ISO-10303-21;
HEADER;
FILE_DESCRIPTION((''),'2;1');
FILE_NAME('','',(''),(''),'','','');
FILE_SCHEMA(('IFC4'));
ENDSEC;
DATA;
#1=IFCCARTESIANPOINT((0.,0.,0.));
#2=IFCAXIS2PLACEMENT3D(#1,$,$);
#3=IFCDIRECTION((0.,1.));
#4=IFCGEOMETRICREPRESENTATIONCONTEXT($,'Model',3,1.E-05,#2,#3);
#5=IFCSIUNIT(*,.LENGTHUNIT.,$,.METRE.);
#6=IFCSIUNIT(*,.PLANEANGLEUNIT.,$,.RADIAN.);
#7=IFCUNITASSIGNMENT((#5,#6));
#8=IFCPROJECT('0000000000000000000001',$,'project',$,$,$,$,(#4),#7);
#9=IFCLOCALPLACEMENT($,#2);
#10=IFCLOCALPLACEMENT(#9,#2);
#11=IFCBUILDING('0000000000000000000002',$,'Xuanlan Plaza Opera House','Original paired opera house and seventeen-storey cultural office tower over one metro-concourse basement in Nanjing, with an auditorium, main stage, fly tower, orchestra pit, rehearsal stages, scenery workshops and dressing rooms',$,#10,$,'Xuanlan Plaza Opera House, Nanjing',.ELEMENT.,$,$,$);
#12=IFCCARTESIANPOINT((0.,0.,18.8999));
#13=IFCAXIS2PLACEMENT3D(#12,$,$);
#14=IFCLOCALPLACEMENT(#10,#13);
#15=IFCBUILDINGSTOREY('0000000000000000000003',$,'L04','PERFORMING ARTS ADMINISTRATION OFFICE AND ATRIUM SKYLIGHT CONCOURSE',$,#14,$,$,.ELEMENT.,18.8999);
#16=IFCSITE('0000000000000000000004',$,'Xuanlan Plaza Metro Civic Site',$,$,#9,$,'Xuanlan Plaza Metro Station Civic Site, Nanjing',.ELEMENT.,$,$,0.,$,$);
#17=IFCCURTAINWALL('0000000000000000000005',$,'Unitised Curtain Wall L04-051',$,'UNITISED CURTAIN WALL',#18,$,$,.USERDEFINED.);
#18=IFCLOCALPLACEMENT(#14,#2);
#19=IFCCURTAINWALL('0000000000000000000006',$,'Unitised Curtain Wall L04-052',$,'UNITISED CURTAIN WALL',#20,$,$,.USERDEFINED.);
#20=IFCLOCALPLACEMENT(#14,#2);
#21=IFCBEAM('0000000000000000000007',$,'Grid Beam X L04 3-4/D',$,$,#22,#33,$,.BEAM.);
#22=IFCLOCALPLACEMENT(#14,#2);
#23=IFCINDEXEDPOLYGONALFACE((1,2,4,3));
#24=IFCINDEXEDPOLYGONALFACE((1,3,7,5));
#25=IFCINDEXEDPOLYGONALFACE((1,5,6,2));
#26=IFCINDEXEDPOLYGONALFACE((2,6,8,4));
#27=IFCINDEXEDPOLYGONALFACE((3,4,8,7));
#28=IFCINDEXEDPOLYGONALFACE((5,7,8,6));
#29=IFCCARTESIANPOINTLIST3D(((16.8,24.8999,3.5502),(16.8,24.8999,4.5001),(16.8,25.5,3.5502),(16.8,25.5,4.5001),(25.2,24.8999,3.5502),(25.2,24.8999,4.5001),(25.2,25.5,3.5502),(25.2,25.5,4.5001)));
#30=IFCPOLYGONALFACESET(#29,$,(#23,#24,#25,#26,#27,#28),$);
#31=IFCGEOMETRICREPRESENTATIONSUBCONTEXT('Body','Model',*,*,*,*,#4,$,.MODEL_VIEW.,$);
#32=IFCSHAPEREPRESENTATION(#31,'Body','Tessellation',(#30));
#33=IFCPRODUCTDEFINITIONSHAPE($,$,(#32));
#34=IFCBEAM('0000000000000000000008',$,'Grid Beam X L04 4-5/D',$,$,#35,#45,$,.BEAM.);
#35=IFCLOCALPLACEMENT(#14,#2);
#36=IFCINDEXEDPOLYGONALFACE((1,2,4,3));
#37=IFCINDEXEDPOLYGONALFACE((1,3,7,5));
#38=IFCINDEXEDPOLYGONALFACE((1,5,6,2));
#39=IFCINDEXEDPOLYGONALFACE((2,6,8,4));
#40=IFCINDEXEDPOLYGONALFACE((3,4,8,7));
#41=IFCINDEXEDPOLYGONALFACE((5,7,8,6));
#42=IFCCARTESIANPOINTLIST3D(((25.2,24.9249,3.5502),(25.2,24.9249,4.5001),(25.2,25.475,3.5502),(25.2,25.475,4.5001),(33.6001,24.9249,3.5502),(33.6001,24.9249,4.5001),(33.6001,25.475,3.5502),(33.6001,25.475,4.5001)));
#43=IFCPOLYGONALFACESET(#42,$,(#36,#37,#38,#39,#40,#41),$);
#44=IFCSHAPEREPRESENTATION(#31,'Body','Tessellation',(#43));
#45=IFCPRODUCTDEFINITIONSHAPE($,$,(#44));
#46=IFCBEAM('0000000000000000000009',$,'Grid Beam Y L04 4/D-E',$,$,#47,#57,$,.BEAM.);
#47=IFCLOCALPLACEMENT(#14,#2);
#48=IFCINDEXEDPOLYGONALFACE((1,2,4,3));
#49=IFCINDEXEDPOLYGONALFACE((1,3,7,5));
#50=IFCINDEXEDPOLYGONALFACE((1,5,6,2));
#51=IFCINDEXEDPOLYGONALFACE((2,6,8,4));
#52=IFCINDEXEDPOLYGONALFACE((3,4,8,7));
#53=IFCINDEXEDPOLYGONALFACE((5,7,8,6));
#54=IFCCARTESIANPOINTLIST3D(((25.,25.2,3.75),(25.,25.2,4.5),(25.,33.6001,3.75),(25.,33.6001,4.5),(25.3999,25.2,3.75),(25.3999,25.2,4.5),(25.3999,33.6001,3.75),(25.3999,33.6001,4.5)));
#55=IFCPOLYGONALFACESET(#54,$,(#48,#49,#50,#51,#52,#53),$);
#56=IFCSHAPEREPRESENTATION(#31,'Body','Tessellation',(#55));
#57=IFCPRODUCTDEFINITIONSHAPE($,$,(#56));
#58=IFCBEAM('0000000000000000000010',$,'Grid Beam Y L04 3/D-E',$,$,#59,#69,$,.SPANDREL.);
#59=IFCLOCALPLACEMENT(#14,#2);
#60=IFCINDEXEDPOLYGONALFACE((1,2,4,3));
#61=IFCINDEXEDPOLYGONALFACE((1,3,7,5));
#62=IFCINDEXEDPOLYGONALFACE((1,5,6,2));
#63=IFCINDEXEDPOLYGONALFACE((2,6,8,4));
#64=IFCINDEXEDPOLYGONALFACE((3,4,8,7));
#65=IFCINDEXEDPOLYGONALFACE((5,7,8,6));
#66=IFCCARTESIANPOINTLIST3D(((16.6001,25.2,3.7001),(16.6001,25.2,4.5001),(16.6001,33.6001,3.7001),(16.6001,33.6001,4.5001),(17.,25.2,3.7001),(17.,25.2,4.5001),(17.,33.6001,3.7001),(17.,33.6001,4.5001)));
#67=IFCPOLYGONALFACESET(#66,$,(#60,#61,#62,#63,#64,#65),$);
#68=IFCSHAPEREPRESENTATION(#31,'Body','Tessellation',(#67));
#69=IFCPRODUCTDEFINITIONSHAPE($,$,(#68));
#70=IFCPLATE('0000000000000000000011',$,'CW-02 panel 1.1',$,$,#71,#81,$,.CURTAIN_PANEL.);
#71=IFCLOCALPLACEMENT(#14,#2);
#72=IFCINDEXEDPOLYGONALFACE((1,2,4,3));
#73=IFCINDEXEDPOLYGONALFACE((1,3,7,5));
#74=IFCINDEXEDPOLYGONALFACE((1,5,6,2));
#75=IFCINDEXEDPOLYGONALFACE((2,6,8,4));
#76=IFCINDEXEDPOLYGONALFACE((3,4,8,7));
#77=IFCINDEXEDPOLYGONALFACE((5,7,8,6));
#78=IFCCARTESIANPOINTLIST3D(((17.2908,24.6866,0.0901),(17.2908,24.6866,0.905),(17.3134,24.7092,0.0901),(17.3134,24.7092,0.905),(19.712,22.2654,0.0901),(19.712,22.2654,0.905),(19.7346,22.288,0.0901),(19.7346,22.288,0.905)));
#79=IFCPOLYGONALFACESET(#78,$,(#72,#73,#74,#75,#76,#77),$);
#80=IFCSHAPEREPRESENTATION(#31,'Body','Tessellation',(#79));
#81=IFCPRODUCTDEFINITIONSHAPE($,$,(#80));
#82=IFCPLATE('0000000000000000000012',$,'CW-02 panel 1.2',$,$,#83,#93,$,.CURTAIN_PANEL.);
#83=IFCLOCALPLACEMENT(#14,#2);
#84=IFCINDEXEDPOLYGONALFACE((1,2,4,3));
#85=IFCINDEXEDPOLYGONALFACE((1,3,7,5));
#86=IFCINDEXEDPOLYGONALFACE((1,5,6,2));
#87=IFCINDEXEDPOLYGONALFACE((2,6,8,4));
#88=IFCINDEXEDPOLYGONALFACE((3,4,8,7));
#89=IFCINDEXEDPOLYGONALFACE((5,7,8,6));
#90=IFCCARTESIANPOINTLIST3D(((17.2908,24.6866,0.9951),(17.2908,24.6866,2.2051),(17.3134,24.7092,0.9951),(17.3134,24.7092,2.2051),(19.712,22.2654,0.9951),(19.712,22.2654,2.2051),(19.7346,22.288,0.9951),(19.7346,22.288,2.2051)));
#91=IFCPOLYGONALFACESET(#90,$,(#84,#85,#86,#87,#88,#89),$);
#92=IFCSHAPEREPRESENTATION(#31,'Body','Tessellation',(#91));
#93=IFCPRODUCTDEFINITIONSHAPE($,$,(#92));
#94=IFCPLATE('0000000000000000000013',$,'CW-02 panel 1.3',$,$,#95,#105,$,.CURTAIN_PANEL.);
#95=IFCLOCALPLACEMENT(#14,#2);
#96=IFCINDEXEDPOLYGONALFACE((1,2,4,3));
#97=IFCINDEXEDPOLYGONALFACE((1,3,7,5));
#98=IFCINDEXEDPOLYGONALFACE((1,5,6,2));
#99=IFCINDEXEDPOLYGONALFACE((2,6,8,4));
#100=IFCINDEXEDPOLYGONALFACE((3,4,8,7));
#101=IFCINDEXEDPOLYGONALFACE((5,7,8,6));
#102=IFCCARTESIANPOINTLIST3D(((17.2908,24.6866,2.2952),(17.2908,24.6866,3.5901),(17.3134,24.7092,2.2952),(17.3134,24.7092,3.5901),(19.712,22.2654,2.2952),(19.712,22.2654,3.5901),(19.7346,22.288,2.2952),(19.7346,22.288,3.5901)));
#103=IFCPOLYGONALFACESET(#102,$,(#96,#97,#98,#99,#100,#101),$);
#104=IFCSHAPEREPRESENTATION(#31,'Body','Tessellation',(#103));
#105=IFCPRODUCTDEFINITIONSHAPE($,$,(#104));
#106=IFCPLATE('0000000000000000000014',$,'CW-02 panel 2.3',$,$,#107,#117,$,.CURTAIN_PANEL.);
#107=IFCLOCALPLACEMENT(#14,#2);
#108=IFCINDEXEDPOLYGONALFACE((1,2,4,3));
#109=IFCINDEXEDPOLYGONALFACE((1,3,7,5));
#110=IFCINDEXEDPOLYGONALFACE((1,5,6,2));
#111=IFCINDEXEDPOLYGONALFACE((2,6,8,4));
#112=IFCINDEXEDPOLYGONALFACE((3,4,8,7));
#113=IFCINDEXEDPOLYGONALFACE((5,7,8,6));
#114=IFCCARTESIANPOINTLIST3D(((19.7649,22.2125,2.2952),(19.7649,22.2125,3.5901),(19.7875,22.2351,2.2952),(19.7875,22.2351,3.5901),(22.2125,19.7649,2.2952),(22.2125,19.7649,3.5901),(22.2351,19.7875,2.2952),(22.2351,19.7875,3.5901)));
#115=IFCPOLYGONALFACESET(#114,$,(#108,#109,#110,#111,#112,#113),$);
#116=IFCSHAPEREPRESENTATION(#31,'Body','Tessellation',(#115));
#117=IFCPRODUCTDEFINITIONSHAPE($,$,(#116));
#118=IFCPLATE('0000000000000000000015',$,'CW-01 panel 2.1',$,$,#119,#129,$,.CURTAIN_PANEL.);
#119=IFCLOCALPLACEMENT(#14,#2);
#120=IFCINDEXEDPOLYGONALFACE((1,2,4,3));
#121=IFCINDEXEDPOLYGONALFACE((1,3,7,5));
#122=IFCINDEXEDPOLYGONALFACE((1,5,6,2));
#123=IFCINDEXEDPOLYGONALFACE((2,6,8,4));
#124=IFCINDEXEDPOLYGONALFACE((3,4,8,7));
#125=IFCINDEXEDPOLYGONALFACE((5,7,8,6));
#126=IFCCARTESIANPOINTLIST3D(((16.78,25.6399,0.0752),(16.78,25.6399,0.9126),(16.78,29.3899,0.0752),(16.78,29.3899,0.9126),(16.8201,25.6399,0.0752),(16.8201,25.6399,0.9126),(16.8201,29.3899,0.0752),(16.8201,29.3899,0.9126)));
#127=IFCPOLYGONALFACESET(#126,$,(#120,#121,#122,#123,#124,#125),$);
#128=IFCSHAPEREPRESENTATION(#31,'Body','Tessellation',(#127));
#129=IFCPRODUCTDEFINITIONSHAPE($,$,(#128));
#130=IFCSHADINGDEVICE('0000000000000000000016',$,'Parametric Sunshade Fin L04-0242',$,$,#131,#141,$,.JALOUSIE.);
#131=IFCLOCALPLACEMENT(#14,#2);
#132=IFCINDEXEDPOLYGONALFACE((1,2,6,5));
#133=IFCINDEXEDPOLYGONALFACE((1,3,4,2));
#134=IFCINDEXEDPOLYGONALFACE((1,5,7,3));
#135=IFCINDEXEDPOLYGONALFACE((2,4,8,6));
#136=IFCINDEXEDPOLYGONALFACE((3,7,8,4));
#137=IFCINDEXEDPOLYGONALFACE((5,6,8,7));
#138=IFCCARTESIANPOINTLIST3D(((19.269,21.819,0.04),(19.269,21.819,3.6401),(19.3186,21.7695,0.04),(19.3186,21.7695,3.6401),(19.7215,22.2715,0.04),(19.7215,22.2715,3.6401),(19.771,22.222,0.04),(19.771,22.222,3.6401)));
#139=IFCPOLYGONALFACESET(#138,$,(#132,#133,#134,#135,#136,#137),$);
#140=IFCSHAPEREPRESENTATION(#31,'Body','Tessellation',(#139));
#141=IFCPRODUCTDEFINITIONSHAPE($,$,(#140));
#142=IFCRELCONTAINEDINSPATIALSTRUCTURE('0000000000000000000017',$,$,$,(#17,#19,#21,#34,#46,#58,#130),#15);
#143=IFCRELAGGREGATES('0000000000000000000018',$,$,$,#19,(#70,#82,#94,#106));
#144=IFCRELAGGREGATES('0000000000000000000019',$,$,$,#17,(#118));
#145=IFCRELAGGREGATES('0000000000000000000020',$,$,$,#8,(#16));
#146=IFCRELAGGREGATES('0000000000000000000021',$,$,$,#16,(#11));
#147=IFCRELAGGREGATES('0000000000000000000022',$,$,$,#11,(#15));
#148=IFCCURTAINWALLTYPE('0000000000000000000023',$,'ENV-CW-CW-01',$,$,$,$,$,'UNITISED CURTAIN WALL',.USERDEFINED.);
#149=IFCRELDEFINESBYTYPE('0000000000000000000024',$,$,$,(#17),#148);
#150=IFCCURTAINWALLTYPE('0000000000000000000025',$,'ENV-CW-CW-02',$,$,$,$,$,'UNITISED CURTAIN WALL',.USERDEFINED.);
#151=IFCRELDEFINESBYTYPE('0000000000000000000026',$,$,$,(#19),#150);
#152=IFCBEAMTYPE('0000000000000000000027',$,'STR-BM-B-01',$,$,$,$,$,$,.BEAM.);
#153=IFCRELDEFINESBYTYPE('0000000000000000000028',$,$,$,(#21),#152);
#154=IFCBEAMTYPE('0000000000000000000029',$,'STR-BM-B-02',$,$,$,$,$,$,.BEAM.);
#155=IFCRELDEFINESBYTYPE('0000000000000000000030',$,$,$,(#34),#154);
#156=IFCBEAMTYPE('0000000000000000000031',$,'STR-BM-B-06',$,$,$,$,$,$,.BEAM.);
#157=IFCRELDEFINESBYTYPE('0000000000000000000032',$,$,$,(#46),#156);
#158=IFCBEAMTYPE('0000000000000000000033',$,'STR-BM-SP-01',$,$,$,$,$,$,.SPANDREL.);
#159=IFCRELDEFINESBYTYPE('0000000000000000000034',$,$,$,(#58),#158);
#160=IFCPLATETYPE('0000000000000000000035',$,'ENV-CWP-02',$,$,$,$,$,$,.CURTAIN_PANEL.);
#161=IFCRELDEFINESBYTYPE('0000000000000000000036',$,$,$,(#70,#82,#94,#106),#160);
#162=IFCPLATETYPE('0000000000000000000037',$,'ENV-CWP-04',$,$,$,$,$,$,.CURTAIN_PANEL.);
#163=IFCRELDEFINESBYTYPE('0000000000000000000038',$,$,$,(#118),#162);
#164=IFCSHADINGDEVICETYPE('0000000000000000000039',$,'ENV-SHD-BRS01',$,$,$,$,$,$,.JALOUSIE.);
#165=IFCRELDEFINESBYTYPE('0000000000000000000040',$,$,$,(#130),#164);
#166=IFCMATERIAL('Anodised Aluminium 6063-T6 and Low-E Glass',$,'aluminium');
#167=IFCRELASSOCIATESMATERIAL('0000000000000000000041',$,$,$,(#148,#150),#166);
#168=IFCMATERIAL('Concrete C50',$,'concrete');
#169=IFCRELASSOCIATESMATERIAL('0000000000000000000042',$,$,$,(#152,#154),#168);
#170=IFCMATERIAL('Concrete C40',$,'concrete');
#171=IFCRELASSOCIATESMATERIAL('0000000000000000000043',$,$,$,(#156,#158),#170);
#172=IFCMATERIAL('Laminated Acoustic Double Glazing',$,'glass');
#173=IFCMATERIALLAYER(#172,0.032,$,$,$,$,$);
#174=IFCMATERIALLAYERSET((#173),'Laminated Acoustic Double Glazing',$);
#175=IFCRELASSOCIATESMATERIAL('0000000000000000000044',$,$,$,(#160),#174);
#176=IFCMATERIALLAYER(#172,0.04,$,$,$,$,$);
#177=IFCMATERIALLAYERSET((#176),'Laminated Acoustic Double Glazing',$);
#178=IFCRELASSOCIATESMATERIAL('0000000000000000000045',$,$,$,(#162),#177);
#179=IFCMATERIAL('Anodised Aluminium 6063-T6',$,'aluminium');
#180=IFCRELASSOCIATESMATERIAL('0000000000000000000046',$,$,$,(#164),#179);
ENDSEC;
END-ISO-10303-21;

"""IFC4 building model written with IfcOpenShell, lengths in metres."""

from ifc_helpers import new_model, si_unit, direction, frame, origin, origin_2d, place, context, subcontext, project, spatial, rectangle, extrude, material, layer, layer_set, material_profile, profile_set, type_object, element, aggregate, save


model = new_model("IFC4")

# Units and contexts
model_context = context("Model", 3, precision=1e-05, world=origin(), true_north=direction((0.0, 1.0)))
body_context = subcontext(model_context, "Body", "Model", "MODEL_VIEW")
ifc_project = project(units=[si_unit("LENGTHUNIT", "METRE"), si_unit("PLANEANGLEUNIT", "RADIAN")], contexts=[model_context])

# Site, building, storey
site_placement = place(None, origin())
site = spatial("IfcSite", under=ifc_project, at=site_placement, Name="Xuanlan Plaza Metro Civic Site", LongName="Xuanlan Plaza Metro Station Civic Site, Nanjing", CompositionType="ELEMENT", RefElevation=0.0)
building_placement = place(site_placement, origin())
building = spatial("IfcBuilding", under=site, at=building_placement, Name="Xuanlan Plaza Opera House", Description="Original paired opera house and seventeen-storey cultural office tower over one metro-concourse basement in Nanjing, with an auditorium, main stage, fly tower, orchestra pit, rehearsal stages, scenery workshops and dressing rooms", LongName="Xuanlan Plaza Opera House, Nanjing", CompositionType="ELEMENT")
storey_placement = place(building_placement, frame((0.0, 0.0, 18.8999)))
storey = spatial("IfcBuildingStorey", under=building, at=storey_placement, Name="L04", Description="PERFORMING ARTS ADMINISTRATION OFFICE AND ATRIUM SKYLIGHT CONCOURSE", CompositionType="ELEMENT", Elevation=18.8999)

# Shared definitions
ifc_material_1 = material(Name="Concrete C40", Category="concrete")

# Curtain wall
ifc_material_2 = material(Name="Anodised Aluminium 6063-T6 and Low-E Glass", Category="aluminium")
curtain_wall_type_1 = type_object("IfcCurtainWallType", Name="ENV-CW-CW-01", ElementType="UNITISED CURTAIN WALL", PredefinedType="USERDEFINED", material=ifc_material_2)
curtain_wall_1_placement = place(storey_placement, origin())
curtain_wall_1 = element("IfcCurtainWall", 1, at=curtain_wall_1_placement, inside=storey, type_object=curtain_wall_type_1, Name="Unitised Curtain Wall L04-051", ObjectType="UNITISED CURTAIN WALL", PredefinedType="USERDEFINED")
ifc_material_3 = material(Name="Anodised Aluminium 6063-T6", Category="aluminium")

# Curtain wall
curtain_wall_type_2 = type_object("IfcCurtainWallType", Name="ENV-CW-CW-02", ElementType="UNITISED CURTAIN WALL", PredefinedType="USERDEFINED", material=ifc_material_2)
curtain_wall_2_placement = place(storey_placement, origin())
curtain_wall_2 = element("IfcCurtainWall", 2, at=curtain_wall_2_placement, inside=storey, type_object=curtain_wall_type_2, Name="Unitised Curtain Wall L04-052", ObjectType="UNITISED CURTAIN WALL", PredefinedType="USERDEFINED")

# Beams
ifc_material_4 = material(Name="Concrete C50", Category="concrete")
ifc_material_profile_1 = material_profile(ifc_material_4, rectangle(XDim=0.6001, YDim=0.95, at=origin_2d()), Name="RC-BM 600x950")
ifc_profile_set_1 = profile_set([ifc_material_profile_1], Name="Concrete C50")
beam_type_1 = type_object("IfcBeamType", Name="STR-BM-B-01", PredefinedType="BEAM", material=ifc_profile_set_1)
beam_1_placement = place(storey_placement, frame((16.8, 25.2, 4.0251), z_axis=(1.0, 0.0, 0.0), x_axis=(0.0, 1.0, 0.0)))
element("IfcBeam", 3, at=beam_1_placement, inside=storey, type_object=beam_type_1, Name="Grid Beam X L04 3-4/D", PredefinedType="BEAM", context=body_context, shape_type="SweptSolid", body=[
    extrude(rectangle(XDim=0.6001, YDim=0.95, at=origin_2d()), origin(), (0.0, 0.0, 1.0), 8.3999),
])
ifc_material_profile_2 = material_profile(ifc_material_4, rectangle(XDim=0.55, YDim=0.95, at=origin_2d()), Name="RC-BM 550x950")
ifc_profile_set_2 = profile_set([ifc_material_profile_2], Name="Concrete C50")
beam_type_2 = type_object("IfcBeamType", Name="STR-BM-B-02", PredefinedType="BEAM", material=ifc_profile_set_2)
beam_2_placement = place(storey_placement, frame((25.2, 25.2, 4.0251), z_axis=(1.0, 0.0, 0.0), x_axis=(0.0, 1.0, 0.0)))
element("IfcBeam", 4, at=beam_2_placement, inside=storey, type_object=beam_type_2, Name="Grid Beam X L04 4-5/D", PredefinedType="BEAM", context=body_context, shape_type="SweptSolid", body=[
    extrude(rectangle(XDim=0.55, YDim=0.95, at=origin_2d()), origin(), (0.0, 0.0, 1.0), 8.4001),
])
ifc_material_profile_3 = material_profile(ifc_material_1, rectangle(XDim=0.3999, YDim=0.75, at=origin_2d()), Name="RC-BM 400x750")
ifc_profile_set_3 = profile_set([ifc_material_profile_3], Name="Concrete C40")
beam_type_3 = type_object("IfcBeamType", Name="STR-BM-B-06", PredefinedType="BEAM", material=ifc_profile_set_3)
beam_3_placement = place(storey_placement, frame((25.2, 25.2, 4.125), z_axis=(0.0, 1.0, 0.0), x_axis=(-1.0, 0.0, 0.0)))
element("IfcBeam", 5, at=beam_3_placement, inside=storey, type_object=beam_type_3, Name="Grid Beam Y L04 4/D-E", PredefinedType="BEAM", context=body_context, shape_type="SweptSolid", body=[
    extrude(rectangle(XDim=0.3999, YDim=0.75, at=origin_2d()), origin(), (0.0, 0.0, 1.0), 8.4001),
])
ifc_material_profile_4 = material_profile(ifc_material_1, rectangle(XDim=0.3999, YDim=0.8, at=origin_2d()), Name="RC-SPD 400x800")
ifc_profile_set_4 = profile_set([ifc_material_profile_4], Name="Concrete C40")
beam_type_4 = type_object("IfcBeamType", Name="STR-BM-SP-01", PredefinedType="SPANDREL", material=ifc_profile_set_4)
beam_4_placement = place(storey_placement, frame((16.8, 25.2, 4.1001), z_axis=(0.0, 1.0, 0.0), x_axis=(-1.0, 0.0, 0.0)))
element("IfcBeam", 6, at=beam_4_placement, inside=storey, type_object=beam_type_4, Name="Grid Beam Y L04 3/D-E", PredefinedType="SPANDREL", context=body_context, shape_type="SweptSolid", body=[
    extrude(rectangle(XDim=0.3999, YDim=0.8, at=origin_2d()), origin(), (0.0, 0.0, 1.0), 8.4001),
])

# Plates
ifc_material_5 = material(Name="Laminated Acoustic Double Glazing", Category="glass")
ifc_layer_1 = layer(ifc_material_5, 0.032)
ifc_layer_set_1 = layer_set([ifc_layer_1], Name="Laminated Acoustic Double Glazing")
plate_type_1 = type_object("IfcPlateType", Name="ENV-CWP-02", PredefinedType="CURTAIN_PANEL", material=ifc_layer_set_1)
plate_1_placement = place(storey_placement, frame((18.5127, 23.4873, 0.0901), z_axis=(0.0, 0.0, 1.0), x_axis=(0.707107, -0.707107, 0.0)))
plate_1 = element("IfcPlate", 7, at=plate_1_placement, type_object=plate_type_1, Name="CW-02 panel 1.1", PredefinedType="CURTAIN_PANEL", context=body_context, shape_type="SweptSolid", body=[
    extrude(rectangle(XDim=3.4241, YDim=0.032, at=origin_2d()), origin(), (0.0, 0.0, 1.0), 0.8149),
])
plate_2_placement = place(storey_placement, frame((18.5127, 23.4873, 0.9951), z_axis=(0.0, 0.0, 1.0), x_axis=(0.707107, -0.707107, 0.0)))
plate_2 = element("IfcPlate", 8, at=plate_2_placement, type_object=plate_type_1, Name="CW-02 panel 1.2", PredefinedType="CURTAIN_PANEL", context=body_context, shape_type="SweptSolid", body=[
    extrude(rectangle(XDim=3.4241, YDim=0.032, at=origin_2d()), origin(), (0.0, 0.0, 1.0), 1.21),
])
plate_3_placement = place(storey_placement, frame((18.5127, 23.4873, 2.2952), z_axis=(0.0, 0.0, 1.0), x_axis=(0.707107, -0.707107, 0.0)))
plate_3 = element("IfcPlate", 9, at=plate_3_placement, type_object=plate_type_1, Name="CW-02 panel 1.3", PredefinedType="CURTAIN_PANEL", context=body_context, shape_type="SweptSolid", body=[
    extrude(rectangle(XDim=3.4241, YDim=0.032, at=origin_2d()), origin(), (0.0, 0.0, 1.0), 1.2949),
])
plate_4_placement = place(storey_placement, frame((21.0, 21.0, 2.2952), z_axis=(0.0, 0.0, 1.0), x_axis=(0.707107, -0.707107, 0.0)))
plate_4 = element("IfcPlate", 10, at=plate_4_placement, type_object=plate_type_1, Name="CW-02 panel 2.3", PredefinedType="CURTAIN_PANEL", context=body_context, shape_type="SweptSolid", body=[
    extrude(rectangle(XDim=3.4614, YDim=0.032, at=origin_2d()), origin(), (0.0, 0.0, 1.0), 1.2949),
])
aggregate(curtain_wall_2, [plate_1, plate_2, plate_3, plate_4])
ifc_layer_2 = layer(ifc_material_5, 0.04)
ifc_layer_set_2 = layer_set([ifc_layer_2], Name="Laminated Acoustic Double Glazing")
plate_type_2 = type_object("IfcPlateType", Name="ENV-CWP-04", PredefinedType="CURTAIN_PANEL", material=ifc_layer_set_2)
plate_5_placement = place(storey_placement, frame((16.8, 27.5149, 0.0752), z_axis=(0.0, 0.0, 1.0), x_axis=(0.0, -1.0, 0.0)))
plate_5 = element("IfcPlate", 11, at=plate_5_placement, type_object=plate_type_2, Name="CW-01 panel 2.1", PredefinedType="CURTAIN_PANEL", context=body_context, shape_type="SweptSolid", body=[
    extrude(rectangle(XDim=3.75, YDim=0.04, at=origin_2d()), origin(), (0.0, 0.0, 1.0), 0.8374),
])
aggregate(curtain_wall_1, [plate_5])

# Shading device
shading_device_type = type_object("IfcShadingDeviceType", Name="ENV-SHD-BRS01", PredefinedType="JALOUSIE", material=ifc_material_3)
shading_device_placement = place(storey_placement, frame((19.52, 22.0205, 0.04), z_axis=(0.0, 0.0, 1.0), x_axis=(-0.707107, -0.707107, 0.0)))
element("IfcShadingDevice", 12, at=shading_device_placement, inside=storey, type_object=shading_device_type, Name="Parametric Sunshade Fin L04-0242", PredefinedType="JALOUSIE", context=body_context, shape_type="SweptSolid", body=[
    extrude(rectangle(XDim=0.6399, YDim=0.0701, at=origin_2d()), origin(), (0.0, 0.0, 1.0), 3.6001),
])

save(model, "model.ifc")
